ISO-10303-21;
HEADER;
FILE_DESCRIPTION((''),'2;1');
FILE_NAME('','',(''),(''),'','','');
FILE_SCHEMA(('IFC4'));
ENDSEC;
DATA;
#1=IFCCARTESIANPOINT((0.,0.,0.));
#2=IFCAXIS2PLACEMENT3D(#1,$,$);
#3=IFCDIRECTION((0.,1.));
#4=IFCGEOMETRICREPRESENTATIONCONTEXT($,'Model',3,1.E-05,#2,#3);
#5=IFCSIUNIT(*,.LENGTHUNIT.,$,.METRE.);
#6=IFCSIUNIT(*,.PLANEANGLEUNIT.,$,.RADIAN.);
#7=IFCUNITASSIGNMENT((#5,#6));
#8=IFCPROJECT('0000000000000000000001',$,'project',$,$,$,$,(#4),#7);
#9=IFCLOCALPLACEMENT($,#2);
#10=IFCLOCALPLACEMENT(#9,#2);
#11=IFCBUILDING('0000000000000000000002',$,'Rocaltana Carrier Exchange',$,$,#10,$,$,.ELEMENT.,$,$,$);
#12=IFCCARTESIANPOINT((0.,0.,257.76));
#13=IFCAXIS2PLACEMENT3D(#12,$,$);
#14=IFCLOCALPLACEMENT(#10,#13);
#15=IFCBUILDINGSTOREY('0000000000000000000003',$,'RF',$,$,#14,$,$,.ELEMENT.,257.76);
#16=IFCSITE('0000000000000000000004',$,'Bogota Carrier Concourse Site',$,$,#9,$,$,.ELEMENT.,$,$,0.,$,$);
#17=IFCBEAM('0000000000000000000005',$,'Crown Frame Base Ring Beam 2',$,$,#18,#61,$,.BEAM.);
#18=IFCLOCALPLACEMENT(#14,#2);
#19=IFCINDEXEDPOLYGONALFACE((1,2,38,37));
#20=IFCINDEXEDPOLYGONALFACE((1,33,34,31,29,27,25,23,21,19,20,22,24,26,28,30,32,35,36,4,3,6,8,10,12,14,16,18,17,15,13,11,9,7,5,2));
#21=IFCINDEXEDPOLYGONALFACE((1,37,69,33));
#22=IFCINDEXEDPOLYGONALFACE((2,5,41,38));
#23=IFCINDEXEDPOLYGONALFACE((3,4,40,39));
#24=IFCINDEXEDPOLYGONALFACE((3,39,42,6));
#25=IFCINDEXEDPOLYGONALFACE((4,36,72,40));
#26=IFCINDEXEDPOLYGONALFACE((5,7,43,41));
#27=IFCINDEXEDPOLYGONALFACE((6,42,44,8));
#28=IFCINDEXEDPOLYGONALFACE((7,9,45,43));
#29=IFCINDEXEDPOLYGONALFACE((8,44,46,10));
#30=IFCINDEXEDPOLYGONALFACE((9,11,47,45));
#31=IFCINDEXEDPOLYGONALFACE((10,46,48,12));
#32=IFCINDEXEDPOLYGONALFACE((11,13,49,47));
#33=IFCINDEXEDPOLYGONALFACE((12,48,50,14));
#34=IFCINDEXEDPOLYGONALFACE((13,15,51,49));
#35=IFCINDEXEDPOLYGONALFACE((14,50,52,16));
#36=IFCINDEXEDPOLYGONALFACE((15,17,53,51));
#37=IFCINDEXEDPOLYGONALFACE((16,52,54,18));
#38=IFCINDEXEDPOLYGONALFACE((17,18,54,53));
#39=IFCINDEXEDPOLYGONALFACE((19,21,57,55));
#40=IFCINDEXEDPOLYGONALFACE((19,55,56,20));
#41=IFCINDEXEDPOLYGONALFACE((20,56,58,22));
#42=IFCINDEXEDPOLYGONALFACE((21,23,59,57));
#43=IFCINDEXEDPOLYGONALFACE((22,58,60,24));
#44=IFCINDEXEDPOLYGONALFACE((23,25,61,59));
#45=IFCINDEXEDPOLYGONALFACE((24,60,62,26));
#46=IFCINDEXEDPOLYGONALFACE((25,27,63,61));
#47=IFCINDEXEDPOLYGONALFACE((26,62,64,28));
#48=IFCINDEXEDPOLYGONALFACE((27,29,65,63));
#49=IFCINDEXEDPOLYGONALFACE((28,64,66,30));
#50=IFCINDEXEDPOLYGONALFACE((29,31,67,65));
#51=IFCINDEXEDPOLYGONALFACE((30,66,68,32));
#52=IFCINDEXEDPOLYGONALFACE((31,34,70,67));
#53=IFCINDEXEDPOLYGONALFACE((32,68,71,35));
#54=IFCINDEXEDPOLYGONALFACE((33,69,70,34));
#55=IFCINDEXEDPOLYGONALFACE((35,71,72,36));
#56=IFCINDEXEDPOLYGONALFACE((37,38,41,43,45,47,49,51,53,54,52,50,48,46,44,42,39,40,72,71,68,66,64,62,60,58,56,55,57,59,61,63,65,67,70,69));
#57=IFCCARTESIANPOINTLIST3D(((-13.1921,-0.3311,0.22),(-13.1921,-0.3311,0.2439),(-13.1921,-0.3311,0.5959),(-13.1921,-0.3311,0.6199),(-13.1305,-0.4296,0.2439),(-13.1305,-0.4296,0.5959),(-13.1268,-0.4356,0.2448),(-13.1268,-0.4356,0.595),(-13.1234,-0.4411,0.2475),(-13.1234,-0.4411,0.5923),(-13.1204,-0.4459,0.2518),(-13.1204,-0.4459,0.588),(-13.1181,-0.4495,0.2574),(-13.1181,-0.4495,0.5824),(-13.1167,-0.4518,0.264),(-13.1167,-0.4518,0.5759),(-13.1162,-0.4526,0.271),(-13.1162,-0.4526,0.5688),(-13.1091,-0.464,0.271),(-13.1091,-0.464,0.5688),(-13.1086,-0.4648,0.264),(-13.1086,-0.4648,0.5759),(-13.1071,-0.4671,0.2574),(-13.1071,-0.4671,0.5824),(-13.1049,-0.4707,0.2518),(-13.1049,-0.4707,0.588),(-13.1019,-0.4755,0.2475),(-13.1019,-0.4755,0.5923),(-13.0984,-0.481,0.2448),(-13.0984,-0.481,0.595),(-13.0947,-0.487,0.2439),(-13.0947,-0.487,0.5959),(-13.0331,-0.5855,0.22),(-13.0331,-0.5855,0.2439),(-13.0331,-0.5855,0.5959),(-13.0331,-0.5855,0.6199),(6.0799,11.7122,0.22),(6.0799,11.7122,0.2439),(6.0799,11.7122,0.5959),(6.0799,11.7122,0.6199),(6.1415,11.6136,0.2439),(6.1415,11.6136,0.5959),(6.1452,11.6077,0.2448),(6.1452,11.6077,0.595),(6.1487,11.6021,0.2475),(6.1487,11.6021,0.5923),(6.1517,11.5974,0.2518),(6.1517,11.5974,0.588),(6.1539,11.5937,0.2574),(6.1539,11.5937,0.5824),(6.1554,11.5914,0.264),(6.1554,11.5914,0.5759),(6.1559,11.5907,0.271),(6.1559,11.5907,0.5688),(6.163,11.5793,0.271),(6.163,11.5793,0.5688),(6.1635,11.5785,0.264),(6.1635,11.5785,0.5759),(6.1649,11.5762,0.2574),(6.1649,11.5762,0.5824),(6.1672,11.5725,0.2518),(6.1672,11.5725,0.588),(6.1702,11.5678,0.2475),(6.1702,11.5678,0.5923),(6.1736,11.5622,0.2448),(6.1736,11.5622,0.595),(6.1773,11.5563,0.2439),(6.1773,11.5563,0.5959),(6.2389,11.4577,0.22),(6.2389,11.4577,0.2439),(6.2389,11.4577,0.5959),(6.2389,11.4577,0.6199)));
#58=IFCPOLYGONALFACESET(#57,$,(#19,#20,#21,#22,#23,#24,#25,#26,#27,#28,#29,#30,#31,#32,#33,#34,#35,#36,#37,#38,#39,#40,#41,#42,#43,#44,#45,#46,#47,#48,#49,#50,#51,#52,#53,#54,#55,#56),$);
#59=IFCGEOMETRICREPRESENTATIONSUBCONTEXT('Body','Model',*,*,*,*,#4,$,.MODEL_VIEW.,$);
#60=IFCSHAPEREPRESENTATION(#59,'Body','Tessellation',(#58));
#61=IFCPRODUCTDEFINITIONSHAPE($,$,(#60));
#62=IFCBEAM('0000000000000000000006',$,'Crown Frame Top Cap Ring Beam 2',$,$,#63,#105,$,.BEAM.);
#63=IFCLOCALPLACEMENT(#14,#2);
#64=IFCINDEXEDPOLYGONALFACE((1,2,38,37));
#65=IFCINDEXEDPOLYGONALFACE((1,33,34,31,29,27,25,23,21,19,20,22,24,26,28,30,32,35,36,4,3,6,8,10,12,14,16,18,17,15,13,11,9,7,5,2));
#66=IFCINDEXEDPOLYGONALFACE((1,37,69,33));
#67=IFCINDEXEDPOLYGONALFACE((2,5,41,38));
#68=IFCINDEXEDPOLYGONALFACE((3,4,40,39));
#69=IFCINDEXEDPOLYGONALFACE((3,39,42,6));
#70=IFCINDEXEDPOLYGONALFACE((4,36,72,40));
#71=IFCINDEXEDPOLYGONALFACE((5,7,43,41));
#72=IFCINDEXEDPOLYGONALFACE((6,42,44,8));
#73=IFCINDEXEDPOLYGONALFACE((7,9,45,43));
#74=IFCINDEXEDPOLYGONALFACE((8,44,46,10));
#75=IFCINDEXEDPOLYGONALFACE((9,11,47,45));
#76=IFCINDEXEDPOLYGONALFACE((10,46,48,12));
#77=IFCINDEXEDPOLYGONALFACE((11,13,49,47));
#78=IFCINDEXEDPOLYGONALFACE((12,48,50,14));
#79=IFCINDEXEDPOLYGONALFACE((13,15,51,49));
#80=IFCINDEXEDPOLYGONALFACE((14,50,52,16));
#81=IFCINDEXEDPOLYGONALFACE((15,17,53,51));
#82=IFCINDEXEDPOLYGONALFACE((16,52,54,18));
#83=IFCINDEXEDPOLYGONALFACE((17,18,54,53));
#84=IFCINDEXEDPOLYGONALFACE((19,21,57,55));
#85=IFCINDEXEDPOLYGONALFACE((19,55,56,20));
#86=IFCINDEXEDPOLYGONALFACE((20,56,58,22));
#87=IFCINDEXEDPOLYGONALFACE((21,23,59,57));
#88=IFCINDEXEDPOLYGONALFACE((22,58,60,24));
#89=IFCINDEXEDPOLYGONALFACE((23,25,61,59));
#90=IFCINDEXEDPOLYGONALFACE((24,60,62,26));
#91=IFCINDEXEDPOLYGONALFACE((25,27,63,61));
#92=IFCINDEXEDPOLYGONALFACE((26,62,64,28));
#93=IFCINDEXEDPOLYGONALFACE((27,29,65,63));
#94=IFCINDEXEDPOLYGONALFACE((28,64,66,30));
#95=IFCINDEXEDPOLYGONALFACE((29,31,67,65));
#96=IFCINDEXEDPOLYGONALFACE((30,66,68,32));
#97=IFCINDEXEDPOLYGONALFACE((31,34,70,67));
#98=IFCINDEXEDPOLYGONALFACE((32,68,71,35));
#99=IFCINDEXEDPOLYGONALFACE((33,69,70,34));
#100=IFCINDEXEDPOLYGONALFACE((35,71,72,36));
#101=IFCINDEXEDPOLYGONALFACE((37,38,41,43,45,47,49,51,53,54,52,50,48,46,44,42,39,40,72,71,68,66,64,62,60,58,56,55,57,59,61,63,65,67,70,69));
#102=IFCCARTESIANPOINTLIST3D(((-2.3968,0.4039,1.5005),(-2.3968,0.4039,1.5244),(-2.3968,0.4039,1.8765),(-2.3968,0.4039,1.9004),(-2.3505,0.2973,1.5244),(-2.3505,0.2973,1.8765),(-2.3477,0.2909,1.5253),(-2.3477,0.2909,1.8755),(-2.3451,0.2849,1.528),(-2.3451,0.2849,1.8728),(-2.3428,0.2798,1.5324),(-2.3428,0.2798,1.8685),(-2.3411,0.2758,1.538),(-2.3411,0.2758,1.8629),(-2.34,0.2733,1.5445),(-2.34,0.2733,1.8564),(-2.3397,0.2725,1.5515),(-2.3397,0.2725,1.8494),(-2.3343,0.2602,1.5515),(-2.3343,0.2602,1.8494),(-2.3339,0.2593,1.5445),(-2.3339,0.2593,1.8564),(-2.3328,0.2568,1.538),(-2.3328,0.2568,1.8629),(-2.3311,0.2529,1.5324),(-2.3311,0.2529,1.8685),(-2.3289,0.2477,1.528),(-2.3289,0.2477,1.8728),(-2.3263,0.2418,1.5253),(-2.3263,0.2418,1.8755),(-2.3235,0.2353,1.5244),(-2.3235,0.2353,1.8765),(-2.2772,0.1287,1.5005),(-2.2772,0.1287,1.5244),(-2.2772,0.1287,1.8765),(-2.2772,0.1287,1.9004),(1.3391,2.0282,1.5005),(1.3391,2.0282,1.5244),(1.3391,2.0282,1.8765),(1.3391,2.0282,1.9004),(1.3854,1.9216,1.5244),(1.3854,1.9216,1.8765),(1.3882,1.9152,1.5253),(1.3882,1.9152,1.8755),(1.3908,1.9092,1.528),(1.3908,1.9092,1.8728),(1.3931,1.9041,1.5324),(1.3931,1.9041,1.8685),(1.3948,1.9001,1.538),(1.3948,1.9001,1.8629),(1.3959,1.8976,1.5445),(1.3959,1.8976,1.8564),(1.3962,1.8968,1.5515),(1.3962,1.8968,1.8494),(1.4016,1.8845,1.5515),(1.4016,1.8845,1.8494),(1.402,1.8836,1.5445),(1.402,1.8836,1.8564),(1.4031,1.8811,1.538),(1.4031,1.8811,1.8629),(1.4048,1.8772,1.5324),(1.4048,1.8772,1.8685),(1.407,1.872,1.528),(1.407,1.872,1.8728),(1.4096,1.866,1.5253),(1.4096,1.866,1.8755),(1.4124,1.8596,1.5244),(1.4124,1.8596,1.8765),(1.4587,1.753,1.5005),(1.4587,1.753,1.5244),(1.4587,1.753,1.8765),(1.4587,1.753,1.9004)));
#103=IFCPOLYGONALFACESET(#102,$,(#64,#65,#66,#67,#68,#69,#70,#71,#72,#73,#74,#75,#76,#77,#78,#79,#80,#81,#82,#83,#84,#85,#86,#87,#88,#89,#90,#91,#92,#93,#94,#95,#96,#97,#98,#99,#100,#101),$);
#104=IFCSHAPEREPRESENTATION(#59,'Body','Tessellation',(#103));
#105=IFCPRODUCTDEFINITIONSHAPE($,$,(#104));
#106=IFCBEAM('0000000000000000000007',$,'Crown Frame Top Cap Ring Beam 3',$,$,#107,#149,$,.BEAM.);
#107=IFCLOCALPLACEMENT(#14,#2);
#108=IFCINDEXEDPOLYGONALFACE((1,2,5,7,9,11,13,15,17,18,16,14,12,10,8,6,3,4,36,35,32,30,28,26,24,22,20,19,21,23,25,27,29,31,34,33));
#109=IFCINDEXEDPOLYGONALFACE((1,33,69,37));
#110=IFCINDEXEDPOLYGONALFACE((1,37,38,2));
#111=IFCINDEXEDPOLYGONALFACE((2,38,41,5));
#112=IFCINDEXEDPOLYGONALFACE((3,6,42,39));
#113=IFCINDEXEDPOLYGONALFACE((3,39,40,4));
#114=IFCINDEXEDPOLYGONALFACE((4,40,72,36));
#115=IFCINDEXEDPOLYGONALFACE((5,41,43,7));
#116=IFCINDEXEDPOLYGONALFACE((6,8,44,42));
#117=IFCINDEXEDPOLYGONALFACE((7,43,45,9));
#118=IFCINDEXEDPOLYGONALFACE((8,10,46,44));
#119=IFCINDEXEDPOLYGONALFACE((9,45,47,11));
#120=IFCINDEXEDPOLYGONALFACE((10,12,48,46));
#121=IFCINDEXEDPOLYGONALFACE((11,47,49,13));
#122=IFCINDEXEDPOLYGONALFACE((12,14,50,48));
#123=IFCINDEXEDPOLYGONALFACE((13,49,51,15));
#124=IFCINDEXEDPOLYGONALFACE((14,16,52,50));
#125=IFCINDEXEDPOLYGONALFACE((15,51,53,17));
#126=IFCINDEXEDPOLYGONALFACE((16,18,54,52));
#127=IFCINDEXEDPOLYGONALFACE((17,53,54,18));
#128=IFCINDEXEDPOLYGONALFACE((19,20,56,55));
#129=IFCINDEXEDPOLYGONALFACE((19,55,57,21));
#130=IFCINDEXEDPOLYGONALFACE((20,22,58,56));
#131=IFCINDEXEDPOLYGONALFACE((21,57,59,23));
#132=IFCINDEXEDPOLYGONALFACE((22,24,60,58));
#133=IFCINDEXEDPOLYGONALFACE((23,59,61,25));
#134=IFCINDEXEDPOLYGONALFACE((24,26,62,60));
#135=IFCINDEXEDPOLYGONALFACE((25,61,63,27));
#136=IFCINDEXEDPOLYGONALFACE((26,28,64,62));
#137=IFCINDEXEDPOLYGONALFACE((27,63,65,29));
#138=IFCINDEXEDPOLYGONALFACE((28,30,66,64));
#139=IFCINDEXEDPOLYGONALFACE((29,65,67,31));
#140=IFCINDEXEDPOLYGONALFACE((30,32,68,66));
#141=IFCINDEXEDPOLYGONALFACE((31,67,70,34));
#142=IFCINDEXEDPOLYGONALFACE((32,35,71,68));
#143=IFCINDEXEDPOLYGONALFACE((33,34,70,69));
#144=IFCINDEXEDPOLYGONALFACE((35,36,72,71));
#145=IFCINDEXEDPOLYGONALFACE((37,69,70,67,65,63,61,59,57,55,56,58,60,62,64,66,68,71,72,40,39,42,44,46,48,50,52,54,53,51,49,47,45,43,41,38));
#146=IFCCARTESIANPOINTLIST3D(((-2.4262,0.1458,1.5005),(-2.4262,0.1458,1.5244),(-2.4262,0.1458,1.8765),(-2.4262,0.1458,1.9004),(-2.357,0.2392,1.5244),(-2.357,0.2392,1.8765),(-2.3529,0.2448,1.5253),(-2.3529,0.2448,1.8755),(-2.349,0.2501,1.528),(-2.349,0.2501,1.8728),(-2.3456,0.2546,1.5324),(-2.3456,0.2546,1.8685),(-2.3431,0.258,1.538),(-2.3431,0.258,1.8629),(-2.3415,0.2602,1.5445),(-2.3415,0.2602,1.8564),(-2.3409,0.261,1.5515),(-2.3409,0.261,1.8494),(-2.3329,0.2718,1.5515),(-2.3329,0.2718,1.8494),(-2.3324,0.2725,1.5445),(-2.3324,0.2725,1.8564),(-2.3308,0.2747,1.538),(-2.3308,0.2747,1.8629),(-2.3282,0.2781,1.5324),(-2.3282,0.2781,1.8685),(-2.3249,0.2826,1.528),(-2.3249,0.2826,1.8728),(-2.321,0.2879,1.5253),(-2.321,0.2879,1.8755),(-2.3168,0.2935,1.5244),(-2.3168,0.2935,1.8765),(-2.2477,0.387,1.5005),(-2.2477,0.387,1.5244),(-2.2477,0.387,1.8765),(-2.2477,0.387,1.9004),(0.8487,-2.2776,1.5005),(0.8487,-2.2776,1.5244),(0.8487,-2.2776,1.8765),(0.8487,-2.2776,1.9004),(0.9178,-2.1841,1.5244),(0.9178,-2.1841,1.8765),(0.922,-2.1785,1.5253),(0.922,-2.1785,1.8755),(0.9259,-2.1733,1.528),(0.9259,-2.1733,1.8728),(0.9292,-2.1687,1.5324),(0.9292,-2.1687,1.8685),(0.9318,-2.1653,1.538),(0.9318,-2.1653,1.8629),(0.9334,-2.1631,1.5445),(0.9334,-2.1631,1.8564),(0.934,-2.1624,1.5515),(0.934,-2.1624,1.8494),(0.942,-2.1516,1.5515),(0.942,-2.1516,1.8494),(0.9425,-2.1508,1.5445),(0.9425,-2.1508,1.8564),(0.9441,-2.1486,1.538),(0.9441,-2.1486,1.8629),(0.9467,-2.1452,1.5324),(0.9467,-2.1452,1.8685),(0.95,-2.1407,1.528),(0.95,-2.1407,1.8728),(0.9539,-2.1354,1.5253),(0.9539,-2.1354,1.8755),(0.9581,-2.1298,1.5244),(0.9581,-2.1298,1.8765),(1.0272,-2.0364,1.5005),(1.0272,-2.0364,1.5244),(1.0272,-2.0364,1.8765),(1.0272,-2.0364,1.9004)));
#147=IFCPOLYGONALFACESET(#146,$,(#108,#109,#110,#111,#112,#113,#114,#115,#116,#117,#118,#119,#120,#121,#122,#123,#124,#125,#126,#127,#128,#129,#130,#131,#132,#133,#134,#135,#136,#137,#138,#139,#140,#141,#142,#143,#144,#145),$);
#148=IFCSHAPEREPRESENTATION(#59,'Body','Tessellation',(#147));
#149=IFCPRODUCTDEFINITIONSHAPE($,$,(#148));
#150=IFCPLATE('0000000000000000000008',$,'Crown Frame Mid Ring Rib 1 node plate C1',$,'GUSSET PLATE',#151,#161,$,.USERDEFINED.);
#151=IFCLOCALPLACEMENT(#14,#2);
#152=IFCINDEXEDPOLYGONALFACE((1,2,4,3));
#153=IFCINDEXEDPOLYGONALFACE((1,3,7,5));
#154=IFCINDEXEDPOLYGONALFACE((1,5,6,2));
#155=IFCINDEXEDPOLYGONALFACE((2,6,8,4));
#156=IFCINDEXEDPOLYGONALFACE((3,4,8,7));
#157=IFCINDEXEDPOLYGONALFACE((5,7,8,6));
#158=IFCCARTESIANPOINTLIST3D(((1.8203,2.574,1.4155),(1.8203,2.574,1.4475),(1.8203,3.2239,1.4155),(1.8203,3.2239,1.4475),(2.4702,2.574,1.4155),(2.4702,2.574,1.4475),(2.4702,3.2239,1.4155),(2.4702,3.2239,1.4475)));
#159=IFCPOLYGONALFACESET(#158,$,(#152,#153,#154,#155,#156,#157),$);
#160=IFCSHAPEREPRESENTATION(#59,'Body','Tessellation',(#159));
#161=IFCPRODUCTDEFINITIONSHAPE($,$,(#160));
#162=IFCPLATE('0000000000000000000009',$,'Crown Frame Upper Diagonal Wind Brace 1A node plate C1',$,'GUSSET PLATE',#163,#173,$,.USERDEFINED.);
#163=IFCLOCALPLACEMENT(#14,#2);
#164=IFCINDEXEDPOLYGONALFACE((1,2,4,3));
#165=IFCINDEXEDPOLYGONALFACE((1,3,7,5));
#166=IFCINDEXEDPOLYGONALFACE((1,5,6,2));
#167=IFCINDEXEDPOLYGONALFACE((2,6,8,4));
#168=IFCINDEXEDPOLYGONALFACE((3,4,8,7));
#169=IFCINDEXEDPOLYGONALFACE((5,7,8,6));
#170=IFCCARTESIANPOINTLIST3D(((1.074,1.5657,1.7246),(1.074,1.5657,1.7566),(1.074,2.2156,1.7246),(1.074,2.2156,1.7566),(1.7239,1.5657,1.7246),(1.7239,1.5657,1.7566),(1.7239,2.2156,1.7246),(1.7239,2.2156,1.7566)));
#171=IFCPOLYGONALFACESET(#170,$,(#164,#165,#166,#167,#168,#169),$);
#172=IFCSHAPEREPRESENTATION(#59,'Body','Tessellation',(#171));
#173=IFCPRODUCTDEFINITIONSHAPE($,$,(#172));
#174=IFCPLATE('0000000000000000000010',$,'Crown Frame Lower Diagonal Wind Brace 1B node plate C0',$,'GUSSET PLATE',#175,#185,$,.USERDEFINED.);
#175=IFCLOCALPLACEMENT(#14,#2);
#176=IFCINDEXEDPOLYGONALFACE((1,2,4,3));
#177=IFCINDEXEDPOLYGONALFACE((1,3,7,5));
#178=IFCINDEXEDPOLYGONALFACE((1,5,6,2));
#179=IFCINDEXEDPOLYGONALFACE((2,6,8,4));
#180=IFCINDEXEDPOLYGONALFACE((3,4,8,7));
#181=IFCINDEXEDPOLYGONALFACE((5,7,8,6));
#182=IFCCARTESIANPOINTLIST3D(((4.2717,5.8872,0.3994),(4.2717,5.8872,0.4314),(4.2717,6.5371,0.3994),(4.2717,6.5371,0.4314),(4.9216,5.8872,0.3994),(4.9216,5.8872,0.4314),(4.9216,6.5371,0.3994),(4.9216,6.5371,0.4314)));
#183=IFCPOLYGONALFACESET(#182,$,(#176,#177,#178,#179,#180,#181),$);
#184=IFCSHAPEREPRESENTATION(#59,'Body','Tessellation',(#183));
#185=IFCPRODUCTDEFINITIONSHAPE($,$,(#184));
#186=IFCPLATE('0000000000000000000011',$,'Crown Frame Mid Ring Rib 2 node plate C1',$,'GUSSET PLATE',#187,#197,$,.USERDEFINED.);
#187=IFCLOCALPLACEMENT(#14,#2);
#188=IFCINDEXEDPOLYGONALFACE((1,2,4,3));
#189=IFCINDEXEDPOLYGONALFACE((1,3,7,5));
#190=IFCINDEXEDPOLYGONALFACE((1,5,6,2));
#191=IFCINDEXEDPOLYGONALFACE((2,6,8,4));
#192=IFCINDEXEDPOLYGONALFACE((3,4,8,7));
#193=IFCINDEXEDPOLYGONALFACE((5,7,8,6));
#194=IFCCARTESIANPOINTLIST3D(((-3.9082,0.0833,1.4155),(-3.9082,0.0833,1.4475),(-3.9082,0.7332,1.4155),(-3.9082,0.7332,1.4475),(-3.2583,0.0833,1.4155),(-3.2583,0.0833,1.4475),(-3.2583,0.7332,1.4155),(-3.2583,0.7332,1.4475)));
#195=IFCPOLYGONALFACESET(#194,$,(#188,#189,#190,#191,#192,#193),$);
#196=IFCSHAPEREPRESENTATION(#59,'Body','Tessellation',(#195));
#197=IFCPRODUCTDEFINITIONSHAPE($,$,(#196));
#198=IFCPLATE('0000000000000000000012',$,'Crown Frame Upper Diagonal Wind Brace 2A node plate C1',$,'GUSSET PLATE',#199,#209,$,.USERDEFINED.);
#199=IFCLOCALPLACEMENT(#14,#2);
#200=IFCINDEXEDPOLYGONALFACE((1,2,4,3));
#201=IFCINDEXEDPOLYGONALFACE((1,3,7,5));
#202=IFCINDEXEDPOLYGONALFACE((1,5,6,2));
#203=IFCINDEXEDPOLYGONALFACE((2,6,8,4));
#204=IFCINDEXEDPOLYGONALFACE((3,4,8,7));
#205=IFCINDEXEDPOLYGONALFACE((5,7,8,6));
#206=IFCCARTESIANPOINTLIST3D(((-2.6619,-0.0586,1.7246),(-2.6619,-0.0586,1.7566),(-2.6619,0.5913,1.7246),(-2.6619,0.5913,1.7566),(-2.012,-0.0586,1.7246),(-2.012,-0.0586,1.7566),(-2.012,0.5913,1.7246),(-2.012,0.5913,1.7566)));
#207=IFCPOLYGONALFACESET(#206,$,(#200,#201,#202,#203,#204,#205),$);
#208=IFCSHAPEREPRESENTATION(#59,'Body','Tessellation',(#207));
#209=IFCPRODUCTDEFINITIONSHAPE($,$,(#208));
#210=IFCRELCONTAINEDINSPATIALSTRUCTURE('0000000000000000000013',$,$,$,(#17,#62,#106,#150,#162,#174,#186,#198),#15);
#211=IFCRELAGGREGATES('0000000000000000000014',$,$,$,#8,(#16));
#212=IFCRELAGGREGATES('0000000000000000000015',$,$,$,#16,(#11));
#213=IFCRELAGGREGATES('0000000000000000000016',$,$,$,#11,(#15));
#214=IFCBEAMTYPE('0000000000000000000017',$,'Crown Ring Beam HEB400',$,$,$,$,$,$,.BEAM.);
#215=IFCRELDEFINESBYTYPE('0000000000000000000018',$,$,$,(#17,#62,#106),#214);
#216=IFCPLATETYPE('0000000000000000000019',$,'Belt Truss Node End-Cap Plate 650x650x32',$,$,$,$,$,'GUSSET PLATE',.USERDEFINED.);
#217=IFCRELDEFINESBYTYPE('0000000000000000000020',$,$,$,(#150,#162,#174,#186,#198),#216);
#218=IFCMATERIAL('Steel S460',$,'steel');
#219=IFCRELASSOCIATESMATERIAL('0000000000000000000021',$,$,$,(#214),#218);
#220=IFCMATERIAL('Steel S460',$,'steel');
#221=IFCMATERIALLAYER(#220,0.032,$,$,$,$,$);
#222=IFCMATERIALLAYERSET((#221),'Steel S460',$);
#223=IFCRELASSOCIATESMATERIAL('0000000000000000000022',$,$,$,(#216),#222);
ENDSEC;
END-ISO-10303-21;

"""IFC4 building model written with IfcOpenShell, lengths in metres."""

from ifc_helpers import new_model, si_unit, direction, frame, origin, origin_2d, place, context, subcontext, project, spatial, rectangle, i_section, extrude, material, layer, layer_set, material_profile, profile_set, type_object, element, save


model = new_model("IFC4")

# Units and contexts
model_context = context("Model", 3, precision=1e-05, world=origin(), true_north=direction((0.0, 1.0)))
body_context = subcontext(model_context, "Body", "Model", "MODEL_VIEW")
ifc_project = project(units=[si_unit("LENGTHUNIT", "METRE"), si_unit("PLANEANGLEUNIT", "RADIAN")], contexts=[model_context])

# Site, building, storey
site_placement = place(None, origin())
site = spatial("IfcSite", under=ifc_project, at=site_placement, Name="Bogota Carrier Concourse Site", CompositionType="ELEMENT", RefElevation=0.0)
building_placement = place(site_placement, origin())
building = spatial("IfcBuilding", under=site, at=building_placement, Name="Rocaltana Carrier Exchange", CompositionType="ELEMENT")
storey_placement = place(building_placement, frame((0.0, 0.0, 257.76)))
storey = spatial("IfcBuildingStorey", under=building, at=storey_placement, Name="RF", CompositionType="ELEMENT", Elevation=257.76)

# Beams
ifc_material_1 = material(Name="Steel S460", Category="steel")
ifc_material_profile_1 = material_profile(ifc_material_1, i_section(OverallWidth=0.3, OverallDepth=0.3999, WebThickness=0.0134, FlangeThickness=0.0239, FilletRadius=0.0271, at=origin_2d()), Name="HEB400")
ifc_profile_set_1 = profile_set([ifc_material_profile_1], Name="Steel S460")
beam_type_1 = type_object("IfcBeamType", Name="Crown Ring Beam HEB400", PredefinedType="BEAM", material=ifc_profile_set_1)
beam_1_placement = place(storey_placement, frame((6.1594, 11.585, 0.4199), z_axis=(-0.848033, -0.529943, 0.0), x_axis=(0.529943, -0.848033, 0.0)))
element("IfcBeam", 1, at=beam_1_placement, inside=storey, type_object=beam_type_1, Name="Crown Frame Base Ring Beam 2", PredefinedType="BEAM", context=body_context, shape_type="SweptSolid", body=[
    extrude(i_section(OverallWidth=0.3, OverallDepth=0.3999, WebThickness=0.0134, FlangeThickness=0.0239, FilletRadius=0.0271, at=origin_2d()), origin(), (0.0, 0.0, 1.0), 22.7256),
])
beam_2_placement = place(storey_placement, frame((1.3989, 1.8906, 1.7004), z_axis=(-0.917071, -0.398724, 0.0), x_axis=(0.398724, -0.917071, 0.0)))
element("IfcBeam", 2, at=beam_2_placement, inside=storey, type_object=beam_type_1, Name="Crown Frame Top Cap Ring Beam 2", PredefinedType="BEAM", context=body_context, shape_type="SweptSolid", body=[
    extrude(i_section(OverallWidth=0.3, OverallDepth=0.3999, WebThickness=0.0134, FlangeThickness=0.0239, FilletRadius=0.0271, at=origin_2d()), origin(), (0.0, 0.0, 1.0), 4.0737),
])
beam_3_placement = place(storey_placement, frame((-2.3369, 0.2664, 1.7004), z_axis=(0.803852, -0.594829, 0.0), x_axis=(0.594829, 0.803852, 0.0)))
element("IfcBeam", 3, at=beam_3_placement, inside=storey, type_object=beam_type_1, Name="Crown Frame Top Cap Ring Beam 3", PredefinedType="BEAM", context=body_context, shape_type="SweptSolid", body=[
    extrude(i_section(OverallWidth=0.3, OverallDepth=0.3999, WebThickness=0.0134, FlangeThickness=0.0239, FilletRadius=0.0271, at=origin_2d()), origin(), (0.0, 0.0, 1.0), 4.074),
])

# Plates
ifc_material_2 = material(Name="Steel S460", Category="steel")
ifc_layer_1 = layer(ifc_material_2, 0.032)
ifc_layer_set_1 = layer_set([ifc_layer_1], Name="Steel S460")
plate_type_1 = type_object("IfcPlateType", Name="Belt Truss Node End-Cap Plate 650x650x32", ElementType="GUSSET PLATE", PredefinedType="USERDEFINED", material=ifc_layer_set_1)
for number, where, z_axis, x_axis, name in (
    (4, (2.1453, 2.8989, 1.4155), (0.0, 0.0, 1.0), (1.0, 0.0, 0.0), "Crown Frame Mid Ring Rib 1 node plate C1"),
    (5, (1.3989, 1.8906, 1.7246), (0.0, 0.0, 1.0), (1.0, 0.0, 0.0), "Crown Frame Upper Diagonal Wind Brace 1A node plate C1"),
    (6, (4.5967, 6.2122, 0.3994), (0.0, 0.0, 1.0), (1.0, 0.0, 0.0), "Crown Frame Lower Diagonal Wind Brace 1B node plate C0"),
    (7, (-3.5833, 0.4082, 1.4155), (0.0, 0.0, 1.0), (1.0, 0.0, 0.0), "Crown Frame Mid Ring Rib 2 node plate C1"),
    (8, (-2.3369, 0.2664, 1.7246), (0.0, 0.0, 1.0), (1.0, 0.0, 0.0), "Crown Frame Upper Diagonal Wind Brace 2A node plate C1"),
):
    element("IfcPlate", number, at=place(storey_placement, frame(where, z_axis=z_axis, x_axis=x_axis)), inside=storey, type_object=plate_type_1, Name=name, ObjectType="GUSSET PLATE", PredefinedType="USERDEFINED", context=body_context, shape_type="SweptSolid", body=[
        extrude(rectangle(XDim=0.6499, YDim=0.6499, at=origin_2d()), origin(), (0.0, 0.0, 1.0), 0.032),
    ])

save(model, "model.ifc")
